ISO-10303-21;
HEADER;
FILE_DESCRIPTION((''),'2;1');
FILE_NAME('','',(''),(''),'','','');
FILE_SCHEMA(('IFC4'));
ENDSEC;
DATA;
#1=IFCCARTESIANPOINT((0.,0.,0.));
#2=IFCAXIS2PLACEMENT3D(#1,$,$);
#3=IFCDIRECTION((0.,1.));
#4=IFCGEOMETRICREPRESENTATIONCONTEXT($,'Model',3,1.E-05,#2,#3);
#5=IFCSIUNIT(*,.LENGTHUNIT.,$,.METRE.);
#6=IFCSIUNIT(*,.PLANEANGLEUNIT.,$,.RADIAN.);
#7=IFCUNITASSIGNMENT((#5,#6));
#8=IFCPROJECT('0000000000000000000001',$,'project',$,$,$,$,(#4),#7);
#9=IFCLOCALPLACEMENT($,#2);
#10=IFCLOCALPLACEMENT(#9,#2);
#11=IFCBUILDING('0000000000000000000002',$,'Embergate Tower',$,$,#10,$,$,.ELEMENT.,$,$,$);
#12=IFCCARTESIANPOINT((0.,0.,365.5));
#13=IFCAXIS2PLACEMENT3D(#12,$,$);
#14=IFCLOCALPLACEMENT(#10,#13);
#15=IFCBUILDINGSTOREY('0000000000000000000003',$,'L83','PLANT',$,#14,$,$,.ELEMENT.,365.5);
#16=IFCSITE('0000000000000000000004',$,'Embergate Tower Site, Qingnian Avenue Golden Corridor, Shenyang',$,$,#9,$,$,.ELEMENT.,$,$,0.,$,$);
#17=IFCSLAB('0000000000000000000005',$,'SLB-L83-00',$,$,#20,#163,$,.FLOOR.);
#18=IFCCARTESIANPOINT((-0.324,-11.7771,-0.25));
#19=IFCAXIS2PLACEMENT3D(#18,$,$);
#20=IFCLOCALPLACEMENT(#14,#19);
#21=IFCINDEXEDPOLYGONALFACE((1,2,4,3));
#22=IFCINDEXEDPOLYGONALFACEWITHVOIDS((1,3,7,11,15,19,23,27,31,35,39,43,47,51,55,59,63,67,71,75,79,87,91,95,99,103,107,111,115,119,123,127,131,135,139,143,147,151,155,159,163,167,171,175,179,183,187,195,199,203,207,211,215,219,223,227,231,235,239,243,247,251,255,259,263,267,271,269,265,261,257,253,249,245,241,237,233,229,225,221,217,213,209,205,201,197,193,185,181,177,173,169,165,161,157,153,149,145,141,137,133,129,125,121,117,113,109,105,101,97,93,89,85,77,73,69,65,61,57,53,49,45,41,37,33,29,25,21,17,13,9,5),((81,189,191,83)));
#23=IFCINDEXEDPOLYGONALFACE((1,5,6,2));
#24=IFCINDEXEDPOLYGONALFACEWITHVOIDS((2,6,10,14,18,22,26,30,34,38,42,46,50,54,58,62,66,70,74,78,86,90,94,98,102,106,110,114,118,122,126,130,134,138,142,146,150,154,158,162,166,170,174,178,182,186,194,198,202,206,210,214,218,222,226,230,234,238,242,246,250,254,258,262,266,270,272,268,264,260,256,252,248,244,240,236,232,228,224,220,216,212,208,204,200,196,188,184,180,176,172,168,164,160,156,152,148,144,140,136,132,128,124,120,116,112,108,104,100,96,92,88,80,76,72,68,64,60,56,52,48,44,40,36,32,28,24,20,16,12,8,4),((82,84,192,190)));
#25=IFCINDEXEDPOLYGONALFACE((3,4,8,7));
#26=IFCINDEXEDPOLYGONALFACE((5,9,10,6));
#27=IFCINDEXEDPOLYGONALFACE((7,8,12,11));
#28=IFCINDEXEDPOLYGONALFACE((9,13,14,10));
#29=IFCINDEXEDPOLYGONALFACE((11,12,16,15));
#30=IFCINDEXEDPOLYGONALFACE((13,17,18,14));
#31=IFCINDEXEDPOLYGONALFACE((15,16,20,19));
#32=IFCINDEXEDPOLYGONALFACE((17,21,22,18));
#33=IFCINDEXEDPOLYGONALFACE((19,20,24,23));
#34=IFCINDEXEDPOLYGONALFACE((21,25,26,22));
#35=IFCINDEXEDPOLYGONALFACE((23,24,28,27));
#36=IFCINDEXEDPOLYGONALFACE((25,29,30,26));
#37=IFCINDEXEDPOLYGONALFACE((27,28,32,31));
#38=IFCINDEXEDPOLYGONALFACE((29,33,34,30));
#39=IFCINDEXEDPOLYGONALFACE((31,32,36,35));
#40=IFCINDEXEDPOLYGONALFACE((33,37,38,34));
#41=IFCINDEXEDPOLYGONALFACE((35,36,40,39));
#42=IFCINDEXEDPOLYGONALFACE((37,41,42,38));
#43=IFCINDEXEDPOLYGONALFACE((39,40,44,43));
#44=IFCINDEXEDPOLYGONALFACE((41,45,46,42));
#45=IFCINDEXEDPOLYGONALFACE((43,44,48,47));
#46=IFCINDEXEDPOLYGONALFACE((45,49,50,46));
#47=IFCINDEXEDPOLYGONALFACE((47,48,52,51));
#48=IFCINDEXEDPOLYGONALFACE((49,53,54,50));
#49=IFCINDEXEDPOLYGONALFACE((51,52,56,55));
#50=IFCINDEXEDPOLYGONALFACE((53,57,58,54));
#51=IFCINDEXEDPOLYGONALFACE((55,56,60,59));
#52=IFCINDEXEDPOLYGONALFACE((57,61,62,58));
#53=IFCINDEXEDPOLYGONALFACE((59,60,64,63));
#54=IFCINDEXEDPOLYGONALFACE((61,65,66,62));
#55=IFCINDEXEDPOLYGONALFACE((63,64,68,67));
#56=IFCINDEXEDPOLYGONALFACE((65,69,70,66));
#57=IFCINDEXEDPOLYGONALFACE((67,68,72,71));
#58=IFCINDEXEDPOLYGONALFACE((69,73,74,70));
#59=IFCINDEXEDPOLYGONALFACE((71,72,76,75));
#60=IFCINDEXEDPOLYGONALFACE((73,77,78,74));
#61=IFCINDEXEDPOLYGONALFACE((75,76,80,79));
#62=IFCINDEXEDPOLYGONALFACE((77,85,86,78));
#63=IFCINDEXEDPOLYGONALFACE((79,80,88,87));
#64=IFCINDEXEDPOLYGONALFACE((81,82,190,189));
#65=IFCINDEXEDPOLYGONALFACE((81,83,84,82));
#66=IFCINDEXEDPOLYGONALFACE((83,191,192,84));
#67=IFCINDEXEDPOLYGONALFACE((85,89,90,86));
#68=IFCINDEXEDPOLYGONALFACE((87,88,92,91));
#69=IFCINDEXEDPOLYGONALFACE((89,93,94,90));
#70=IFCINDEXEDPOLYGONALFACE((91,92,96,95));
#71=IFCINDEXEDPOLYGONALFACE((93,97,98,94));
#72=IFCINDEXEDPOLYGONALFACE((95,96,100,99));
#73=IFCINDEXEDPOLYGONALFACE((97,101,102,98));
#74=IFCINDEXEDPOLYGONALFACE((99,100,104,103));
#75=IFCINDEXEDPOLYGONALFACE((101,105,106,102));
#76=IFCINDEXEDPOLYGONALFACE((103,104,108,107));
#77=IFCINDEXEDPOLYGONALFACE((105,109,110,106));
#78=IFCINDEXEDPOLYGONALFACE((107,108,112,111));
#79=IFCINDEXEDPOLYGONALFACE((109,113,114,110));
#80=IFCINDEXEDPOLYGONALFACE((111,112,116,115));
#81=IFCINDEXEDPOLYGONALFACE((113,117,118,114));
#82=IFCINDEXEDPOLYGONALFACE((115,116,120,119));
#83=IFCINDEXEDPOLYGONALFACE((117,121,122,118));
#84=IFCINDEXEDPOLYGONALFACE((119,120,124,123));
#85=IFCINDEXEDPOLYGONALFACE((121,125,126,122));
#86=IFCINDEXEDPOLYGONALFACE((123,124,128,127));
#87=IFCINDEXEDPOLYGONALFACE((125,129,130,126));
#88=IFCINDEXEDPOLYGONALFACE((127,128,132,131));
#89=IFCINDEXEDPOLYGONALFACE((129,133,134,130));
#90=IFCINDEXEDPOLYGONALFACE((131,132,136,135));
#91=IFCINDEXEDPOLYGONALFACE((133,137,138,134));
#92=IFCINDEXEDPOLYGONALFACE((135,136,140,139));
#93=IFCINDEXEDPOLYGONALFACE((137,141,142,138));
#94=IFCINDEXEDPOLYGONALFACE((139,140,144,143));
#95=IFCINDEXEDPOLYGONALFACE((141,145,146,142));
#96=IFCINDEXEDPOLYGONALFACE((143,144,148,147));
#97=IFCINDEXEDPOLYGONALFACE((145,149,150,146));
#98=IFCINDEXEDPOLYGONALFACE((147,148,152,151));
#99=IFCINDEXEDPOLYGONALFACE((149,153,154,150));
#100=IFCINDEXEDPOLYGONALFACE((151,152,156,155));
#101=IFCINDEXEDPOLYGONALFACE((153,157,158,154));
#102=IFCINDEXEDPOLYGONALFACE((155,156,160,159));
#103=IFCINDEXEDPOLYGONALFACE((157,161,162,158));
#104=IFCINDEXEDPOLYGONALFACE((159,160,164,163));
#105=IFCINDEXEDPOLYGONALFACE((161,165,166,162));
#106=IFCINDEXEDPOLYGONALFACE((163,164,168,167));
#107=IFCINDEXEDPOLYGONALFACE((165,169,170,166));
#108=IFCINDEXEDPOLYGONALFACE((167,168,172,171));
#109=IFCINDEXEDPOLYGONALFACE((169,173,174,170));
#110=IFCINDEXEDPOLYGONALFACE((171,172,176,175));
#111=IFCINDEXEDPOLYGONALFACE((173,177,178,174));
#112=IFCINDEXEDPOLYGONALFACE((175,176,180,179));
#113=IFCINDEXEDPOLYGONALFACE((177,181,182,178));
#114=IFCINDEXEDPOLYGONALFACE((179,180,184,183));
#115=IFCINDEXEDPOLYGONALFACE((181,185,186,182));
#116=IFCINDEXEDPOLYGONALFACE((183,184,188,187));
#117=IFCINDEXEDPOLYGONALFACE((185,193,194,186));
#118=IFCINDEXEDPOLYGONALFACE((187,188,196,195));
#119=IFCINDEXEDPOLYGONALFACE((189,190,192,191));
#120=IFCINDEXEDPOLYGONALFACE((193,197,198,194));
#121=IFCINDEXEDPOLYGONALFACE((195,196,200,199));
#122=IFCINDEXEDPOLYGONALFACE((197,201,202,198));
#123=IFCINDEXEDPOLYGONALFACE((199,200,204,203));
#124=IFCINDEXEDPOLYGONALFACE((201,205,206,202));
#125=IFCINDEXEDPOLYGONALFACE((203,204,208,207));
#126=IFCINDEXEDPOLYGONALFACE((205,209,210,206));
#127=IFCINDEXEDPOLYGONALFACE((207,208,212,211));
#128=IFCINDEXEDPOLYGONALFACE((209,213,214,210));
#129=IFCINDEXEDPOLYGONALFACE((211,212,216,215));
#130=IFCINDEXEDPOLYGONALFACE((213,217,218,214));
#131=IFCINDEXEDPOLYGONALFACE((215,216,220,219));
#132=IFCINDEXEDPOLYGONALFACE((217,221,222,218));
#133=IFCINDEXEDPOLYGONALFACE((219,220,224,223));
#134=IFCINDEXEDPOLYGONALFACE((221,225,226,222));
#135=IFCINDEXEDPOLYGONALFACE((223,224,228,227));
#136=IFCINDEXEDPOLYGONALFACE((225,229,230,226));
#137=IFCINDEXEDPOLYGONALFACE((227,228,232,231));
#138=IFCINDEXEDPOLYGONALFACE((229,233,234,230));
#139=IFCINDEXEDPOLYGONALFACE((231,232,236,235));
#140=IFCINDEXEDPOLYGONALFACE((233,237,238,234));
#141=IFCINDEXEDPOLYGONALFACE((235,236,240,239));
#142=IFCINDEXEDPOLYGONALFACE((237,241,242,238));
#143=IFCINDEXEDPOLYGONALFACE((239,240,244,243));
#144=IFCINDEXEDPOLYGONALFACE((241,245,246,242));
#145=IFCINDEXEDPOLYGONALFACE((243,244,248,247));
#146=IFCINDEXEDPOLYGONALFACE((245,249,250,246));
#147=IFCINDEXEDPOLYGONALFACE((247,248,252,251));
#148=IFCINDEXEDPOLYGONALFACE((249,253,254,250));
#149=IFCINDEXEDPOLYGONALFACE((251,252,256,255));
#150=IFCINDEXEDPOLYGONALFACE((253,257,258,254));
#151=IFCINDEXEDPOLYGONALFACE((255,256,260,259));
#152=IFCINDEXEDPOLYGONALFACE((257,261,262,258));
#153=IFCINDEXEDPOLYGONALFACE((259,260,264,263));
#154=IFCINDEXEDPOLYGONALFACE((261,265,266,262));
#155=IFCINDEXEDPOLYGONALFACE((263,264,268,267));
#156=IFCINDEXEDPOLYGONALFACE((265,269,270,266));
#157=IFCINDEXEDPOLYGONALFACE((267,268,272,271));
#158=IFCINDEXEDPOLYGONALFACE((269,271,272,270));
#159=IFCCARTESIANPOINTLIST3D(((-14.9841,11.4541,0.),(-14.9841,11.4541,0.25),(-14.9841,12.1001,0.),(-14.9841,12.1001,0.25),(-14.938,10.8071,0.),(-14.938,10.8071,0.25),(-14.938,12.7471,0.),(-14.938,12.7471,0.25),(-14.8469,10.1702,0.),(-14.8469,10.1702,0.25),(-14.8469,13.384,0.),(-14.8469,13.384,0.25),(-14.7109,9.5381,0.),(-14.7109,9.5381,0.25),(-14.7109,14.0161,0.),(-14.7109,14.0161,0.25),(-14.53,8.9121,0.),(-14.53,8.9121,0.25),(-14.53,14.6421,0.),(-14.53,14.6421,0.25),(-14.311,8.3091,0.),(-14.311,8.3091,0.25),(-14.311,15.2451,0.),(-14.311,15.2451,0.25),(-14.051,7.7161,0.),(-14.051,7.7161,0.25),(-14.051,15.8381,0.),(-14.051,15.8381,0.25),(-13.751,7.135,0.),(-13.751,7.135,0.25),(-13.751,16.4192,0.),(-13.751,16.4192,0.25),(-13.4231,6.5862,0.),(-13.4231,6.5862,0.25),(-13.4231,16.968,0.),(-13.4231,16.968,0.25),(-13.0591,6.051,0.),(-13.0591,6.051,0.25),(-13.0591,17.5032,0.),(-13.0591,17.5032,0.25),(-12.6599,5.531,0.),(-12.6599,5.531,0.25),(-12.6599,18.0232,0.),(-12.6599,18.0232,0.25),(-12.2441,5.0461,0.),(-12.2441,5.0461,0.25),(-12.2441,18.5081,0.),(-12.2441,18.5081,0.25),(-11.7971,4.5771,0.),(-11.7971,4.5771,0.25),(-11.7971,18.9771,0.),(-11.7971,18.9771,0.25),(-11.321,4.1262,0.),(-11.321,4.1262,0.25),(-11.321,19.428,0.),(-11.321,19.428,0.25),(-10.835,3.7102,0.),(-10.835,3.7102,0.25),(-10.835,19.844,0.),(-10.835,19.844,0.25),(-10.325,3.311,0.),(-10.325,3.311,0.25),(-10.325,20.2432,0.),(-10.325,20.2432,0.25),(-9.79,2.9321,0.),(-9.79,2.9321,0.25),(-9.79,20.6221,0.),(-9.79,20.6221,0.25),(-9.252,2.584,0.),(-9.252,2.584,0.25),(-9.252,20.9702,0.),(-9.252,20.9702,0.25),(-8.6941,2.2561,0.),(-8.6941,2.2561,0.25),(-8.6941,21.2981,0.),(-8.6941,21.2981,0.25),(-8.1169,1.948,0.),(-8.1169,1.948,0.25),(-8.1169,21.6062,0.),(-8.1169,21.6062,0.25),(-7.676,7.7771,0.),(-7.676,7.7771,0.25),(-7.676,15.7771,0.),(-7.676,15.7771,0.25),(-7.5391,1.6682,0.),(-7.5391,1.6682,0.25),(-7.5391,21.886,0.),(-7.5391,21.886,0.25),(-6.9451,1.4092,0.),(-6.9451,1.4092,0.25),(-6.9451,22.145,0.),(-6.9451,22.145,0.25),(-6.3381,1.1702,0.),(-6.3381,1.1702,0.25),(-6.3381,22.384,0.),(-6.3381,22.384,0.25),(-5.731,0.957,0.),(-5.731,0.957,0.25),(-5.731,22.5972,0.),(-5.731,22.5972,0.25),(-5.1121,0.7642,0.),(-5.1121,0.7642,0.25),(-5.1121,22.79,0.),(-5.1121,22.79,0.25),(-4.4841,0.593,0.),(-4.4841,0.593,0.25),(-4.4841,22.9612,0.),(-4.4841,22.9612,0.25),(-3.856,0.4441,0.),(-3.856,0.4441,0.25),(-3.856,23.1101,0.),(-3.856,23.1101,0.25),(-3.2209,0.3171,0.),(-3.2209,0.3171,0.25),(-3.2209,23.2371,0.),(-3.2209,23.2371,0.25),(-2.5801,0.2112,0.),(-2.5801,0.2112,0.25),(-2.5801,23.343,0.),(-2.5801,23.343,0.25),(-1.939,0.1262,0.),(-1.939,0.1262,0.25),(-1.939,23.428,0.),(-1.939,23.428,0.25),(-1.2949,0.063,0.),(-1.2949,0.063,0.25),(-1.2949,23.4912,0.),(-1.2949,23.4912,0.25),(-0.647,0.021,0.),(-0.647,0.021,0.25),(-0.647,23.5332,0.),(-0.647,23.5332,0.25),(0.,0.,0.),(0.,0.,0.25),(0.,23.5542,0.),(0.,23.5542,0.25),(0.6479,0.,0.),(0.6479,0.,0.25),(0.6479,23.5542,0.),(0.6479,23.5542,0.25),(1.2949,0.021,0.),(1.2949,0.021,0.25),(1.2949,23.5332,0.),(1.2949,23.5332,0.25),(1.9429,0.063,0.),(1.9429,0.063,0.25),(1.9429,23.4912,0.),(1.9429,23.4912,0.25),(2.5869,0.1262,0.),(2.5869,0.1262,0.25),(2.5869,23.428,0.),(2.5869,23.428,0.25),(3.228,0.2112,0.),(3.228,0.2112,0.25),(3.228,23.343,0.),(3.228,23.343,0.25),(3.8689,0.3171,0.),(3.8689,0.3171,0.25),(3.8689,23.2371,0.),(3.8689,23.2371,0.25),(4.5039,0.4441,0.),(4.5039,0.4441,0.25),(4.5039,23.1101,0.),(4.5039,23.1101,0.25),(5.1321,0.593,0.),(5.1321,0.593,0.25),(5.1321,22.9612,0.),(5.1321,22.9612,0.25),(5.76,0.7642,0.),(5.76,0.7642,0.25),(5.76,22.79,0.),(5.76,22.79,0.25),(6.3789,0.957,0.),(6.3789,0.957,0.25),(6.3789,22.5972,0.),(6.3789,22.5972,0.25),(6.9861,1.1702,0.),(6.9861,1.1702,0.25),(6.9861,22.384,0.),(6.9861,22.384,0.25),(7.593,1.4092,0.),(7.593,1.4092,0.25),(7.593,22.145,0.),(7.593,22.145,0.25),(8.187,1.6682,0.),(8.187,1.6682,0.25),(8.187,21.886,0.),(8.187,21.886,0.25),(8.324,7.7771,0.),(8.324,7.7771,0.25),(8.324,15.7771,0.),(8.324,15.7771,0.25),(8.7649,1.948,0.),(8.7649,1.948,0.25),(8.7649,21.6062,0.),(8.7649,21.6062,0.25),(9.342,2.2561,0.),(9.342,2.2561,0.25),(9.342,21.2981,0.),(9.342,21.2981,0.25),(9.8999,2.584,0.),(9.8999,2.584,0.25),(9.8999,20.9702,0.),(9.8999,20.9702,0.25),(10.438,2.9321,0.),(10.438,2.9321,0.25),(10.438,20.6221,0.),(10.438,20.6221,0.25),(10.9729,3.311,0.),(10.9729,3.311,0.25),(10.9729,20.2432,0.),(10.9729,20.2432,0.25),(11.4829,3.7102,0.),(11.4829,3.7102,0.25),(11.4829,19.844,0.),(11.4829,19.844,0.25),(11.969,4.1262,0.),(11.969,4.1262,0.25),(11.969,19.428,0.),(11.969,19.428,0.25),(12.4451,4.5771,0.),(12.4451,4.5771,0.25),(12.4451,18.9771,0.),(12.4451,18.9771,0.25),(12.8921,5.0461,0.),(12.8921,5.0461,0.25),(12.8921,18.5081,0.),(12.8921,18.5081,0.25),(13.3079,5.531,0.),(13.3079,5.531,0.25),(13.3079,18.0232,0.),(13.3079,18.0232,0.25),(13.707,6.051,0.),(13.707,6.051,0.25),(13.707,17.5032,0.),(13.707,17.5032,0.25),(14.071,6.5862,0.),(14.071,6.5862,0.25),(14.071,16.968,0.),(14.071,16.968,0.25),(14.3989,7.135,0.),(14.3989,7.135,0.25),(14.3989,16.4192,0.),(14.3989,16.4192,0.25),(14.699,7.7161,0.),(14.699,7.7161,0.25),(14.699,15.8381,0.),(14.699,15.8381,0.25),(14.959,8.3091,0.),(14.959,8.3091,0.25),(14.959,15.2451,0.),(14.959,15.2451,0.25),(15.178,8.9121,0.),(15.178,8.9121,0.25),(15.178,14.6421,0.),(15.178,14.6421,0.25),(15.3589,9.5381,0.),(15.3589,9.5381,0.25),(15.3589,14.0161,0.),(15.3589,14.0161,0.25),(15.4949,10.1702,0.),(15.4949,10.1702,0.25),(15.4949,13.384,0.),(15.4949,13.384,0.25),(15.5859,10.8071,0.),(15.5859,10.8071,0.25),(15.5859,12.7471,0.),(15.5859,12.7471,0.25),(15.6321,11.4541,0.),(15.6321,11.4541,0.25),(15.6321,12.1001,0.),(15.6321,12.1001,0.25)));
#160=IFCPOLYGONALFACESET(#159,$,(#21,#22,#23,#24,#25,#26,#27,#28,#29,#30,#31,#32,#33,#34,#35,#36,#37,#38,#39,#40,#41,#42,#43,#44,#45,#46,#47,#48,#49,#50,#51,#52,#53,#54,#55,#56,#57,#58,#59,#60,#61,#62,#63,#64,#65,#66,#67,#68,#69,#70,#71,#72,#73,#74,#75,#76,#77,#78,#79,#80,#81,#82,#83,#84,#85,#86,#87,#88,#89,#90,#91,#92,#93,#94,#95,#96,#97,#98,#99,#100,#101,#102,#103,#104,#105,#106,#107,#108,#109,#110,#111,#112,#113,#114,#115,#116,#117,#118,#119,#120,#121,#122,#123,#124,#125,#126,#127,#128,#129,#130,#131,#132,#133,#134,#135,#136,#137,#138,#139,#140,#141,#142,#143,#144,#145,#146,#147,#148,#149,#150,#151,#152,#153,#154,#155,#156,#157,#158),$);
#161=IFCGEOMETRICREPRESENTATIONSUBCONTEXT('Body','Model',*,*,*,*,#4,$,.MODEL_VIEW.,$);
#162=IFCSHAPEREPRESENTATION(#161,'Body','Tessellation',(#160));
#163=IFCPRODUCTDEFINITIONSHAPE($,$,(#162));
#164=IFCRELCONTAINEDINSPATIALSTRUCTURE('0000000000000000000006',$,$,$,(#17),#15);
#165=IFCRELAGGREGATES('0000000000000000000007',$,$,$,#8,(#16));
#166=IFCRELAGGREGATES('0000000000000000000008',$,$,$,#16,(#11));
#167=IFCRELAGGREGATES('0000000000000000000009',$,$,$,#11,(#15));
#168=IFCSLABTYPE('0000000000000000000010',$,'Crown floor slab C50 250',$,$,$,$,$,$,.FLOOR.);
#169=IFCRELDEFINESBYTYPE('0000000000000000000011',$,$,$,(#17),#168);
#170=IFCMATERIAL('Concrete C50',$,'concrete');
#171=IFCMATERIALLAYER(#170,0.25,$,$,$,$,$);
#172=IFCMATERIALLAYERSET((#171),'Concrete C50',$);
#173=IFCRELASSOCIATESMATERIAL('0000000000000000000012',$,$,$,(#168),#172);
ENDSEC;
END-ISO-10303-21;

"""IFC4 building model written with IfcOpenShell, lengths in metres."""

from ifc_helpers import new_model, si_unit, direction, frame, origin, place, context, subcontext, project, spatial, polyline, outline, extrude, source, transform, mapped, material, layer, layer_set, type_object, element, save


model = new_model("IFC4")

# Units and contexts
model_context = context("Model", 3, precision=1e-05, world=origin(), true_north=direction((0.0, 1.0)))
body_context = subcontext(model_context, "Body", "Model", "MODEL_VIEW")
ifc_project = project(units=[si_unit("LENGTHUNIT", "METRE"), si_unit("PLANEANGLEUNIT", "RADIAN")], contexts=[model_context])

# Site, building, storey
site_placement = place(None, origin())
site = spatial("IfcSite", under=ifc_project, at=site_placement, Name="Embergate Tower Site, Qingnian Avenue Golden Corridor, Shenyang", CompositionType="ELEMENT", RefElevation=0.0)
building_placement = place(site_placement, origin())
building = spatial("IfcBuilding", under=site, at=building_placement, Name="Embergate Tower", CompositionType="ELEMENT")
storey_placement = place(building_placement, frame((0.0, 0.0, 365.5)))
storey = spatial("IfcBuildingStorey", under=building, at=storey_placement, Name="L83", Description="PLANT", CompositionType="ELEMENT", Elevation=365.5)

# Slab
ifc_material_1 = material(Name="Concrete C50", Category="concrete")
ifc_layer_1 = layer(ifc_material_1, 0.25)
ifc_layer_set_1 = layer_set([ifc_layer_1], Name="Concrete C50")
slab_type_1 = type_object("IfcSlabType", Name="Crown floor slab C50 250", PredefinedType="FLOOR", material=ifc_layer_set_1)
shared_shape_1 = source(origin(), body_context, "Body", "SweptSolid", [
    extrude(outline(polyline([(0.0, 0.0), (0.6479, 0.0), (1.2949, 0.021), (1.9429, 0.063), (2.5869, 0.1262), (3.228, 0.2112), (3.8689, 0.3171), (4.5039, 0.4441), (5.1321, 0.593), (5.76, 0.7642), (6.3789, 0.957), (6.9861, 1.1702), (7.593, 1.4092), (8.187, 1.6682), (8.7649, 1.948), (9.342, 2.2561), (9.8999, 2.584), (10.438, 2.9321), (10.9729, 3.311), (11.4829, 3.7102), (11.969, 4.1262), (12.4451, 4.5771), (12.8921, 5.0461), (13.3079, 5.531), (13.707, 6.051), (14.071, 6.5862), (14.3989, 7.135), (14.699, 7.7161), (14.959, 8.3091), (15.178, 8.9121), (15.3589, 9.5381), (15.4949, 10.1702), (15.5859, 10.8071), (15.6321, 11.4541), (15.6321, 12.1001), (15.5859, 12.7471), (15.4949, 13.384), (15.3589, 14.0161), (15.178, 14.6421), (14.959, 15.2451), (14.699, 15.8381), (14.3989, 16.4192), (14.071, 16.968), (13.707, 17.5032), (13.3079, 18.0232), (12.8921, 18.5081), (12.4451, 18.9771), (11.969, 19.428), (11.4829, 19.844), (10.9729, 20.2432), (10.438, 20.6221), (9.8999, 20.9702), (9.342, 21.2981), (8.7649, 21.6062), (8.187, 21.886), (7.593, 22.145), (6.9861, 22.384), (6.3789, 22.5972), (5.76, 22.79), (5.1321, 22.9612), (4.5039, 23.1101), (3.8689, 23.2371), (3.228, 23.343), (2.5869, 23.428), (1.9429, 23.4912), (1.2949, 23.5332), (0.6479, 23.5542), (0.0, 23.5542), (-0.647, 23.5332), (-1.2949, 23.4912), (-1.939, 23.428), (-2.5801, 23.343), (-3.2209, 23.2371), (-3.856, 23.1101), (-4.4841, 22.9612), (-5.1121, 22.79), (-5.731, 22.5972), (-6.3381, 22.384), (-6.9451, 22.145), (-7.5391, 21.886), (-8.1169, 21.6062), (-8.6941, 21.2981), (-9.252, 20.9702), (-9.79, 20.6221), (-10.325, 20.2432), (-10.835, 19.844), (-11.321, 19.428), (-11.7971, 18.9771), (-12.2441, 18.5081), (-12.6599, 18.0232), (-13.0591, 17.5032), (-13.4231, 16.968), (-13.751, 16.4192), (-14.051, 15.8381), (-14.311, 15.2451), (-14.53, 14.6421), (-14.7109, 14.0161), (-14.8469, 13.384), (-14.938, 12.7471), (-14.9841, 12.1001), (-14.9841, 11.4541), (-14.938, 10.8071), (-14.8469, 10.1702), (-14.7109, 9.5381), (-14.53, 8.9121), (-14.311, 8.3091), (-14.051, 7.7161), (-13.751, 7.135), (-13.4231, 6.5862), (-13.0591, 6.051), (-12.6599, 5.531), (-12.2441, 5.0461), (-11.7971, 4.5771), (-11.321, 4.1262), (-10.835, 3.7102), (-10.325, 3.311), (-9.79, 2.9321), (-9.252, 2.584), (-8.6941, 2.2561), (-8.1169, 1.948), (-7.5391, 1.6682), (-6.9451, 1.4092), (-6.3381, 1.1702), (-5.731, 0.957), (-5.1121, 0.7642), (-4.4841, 0.593), (-3.856, 0.4441), (-3.2209, 0.3171), (-2.5801, 0.2112), (-1.939, 0.1262), (-1.2949, 0.063), (-0.647, 0.021), (0.0, 0.0)]), holes=[polyline([(-7.676, 7.7771), (-7.676, 15.7771), (8.324, 15.7771), (8.324, 7.7771), (-7.676, 7.7771)])]), origin(), (0.0, 0.0, 1.0), 0.25),
])
slab_1_placement = place(storey_placement, frame((-0.324, -11.7771, -0.25)))
element("IfcSlab", 1, at=slab_1_placement, inside=storey, type_object=slab_type_1, Name="SLB-L83-00", PredefinedType="FLOOR", context=body_context, shape_type="MappedRepresentation", body=[
    mapped(shared_shape_1, transform((0.0, 0.0, 0.0))),
])

save(model, "model.ifc")
